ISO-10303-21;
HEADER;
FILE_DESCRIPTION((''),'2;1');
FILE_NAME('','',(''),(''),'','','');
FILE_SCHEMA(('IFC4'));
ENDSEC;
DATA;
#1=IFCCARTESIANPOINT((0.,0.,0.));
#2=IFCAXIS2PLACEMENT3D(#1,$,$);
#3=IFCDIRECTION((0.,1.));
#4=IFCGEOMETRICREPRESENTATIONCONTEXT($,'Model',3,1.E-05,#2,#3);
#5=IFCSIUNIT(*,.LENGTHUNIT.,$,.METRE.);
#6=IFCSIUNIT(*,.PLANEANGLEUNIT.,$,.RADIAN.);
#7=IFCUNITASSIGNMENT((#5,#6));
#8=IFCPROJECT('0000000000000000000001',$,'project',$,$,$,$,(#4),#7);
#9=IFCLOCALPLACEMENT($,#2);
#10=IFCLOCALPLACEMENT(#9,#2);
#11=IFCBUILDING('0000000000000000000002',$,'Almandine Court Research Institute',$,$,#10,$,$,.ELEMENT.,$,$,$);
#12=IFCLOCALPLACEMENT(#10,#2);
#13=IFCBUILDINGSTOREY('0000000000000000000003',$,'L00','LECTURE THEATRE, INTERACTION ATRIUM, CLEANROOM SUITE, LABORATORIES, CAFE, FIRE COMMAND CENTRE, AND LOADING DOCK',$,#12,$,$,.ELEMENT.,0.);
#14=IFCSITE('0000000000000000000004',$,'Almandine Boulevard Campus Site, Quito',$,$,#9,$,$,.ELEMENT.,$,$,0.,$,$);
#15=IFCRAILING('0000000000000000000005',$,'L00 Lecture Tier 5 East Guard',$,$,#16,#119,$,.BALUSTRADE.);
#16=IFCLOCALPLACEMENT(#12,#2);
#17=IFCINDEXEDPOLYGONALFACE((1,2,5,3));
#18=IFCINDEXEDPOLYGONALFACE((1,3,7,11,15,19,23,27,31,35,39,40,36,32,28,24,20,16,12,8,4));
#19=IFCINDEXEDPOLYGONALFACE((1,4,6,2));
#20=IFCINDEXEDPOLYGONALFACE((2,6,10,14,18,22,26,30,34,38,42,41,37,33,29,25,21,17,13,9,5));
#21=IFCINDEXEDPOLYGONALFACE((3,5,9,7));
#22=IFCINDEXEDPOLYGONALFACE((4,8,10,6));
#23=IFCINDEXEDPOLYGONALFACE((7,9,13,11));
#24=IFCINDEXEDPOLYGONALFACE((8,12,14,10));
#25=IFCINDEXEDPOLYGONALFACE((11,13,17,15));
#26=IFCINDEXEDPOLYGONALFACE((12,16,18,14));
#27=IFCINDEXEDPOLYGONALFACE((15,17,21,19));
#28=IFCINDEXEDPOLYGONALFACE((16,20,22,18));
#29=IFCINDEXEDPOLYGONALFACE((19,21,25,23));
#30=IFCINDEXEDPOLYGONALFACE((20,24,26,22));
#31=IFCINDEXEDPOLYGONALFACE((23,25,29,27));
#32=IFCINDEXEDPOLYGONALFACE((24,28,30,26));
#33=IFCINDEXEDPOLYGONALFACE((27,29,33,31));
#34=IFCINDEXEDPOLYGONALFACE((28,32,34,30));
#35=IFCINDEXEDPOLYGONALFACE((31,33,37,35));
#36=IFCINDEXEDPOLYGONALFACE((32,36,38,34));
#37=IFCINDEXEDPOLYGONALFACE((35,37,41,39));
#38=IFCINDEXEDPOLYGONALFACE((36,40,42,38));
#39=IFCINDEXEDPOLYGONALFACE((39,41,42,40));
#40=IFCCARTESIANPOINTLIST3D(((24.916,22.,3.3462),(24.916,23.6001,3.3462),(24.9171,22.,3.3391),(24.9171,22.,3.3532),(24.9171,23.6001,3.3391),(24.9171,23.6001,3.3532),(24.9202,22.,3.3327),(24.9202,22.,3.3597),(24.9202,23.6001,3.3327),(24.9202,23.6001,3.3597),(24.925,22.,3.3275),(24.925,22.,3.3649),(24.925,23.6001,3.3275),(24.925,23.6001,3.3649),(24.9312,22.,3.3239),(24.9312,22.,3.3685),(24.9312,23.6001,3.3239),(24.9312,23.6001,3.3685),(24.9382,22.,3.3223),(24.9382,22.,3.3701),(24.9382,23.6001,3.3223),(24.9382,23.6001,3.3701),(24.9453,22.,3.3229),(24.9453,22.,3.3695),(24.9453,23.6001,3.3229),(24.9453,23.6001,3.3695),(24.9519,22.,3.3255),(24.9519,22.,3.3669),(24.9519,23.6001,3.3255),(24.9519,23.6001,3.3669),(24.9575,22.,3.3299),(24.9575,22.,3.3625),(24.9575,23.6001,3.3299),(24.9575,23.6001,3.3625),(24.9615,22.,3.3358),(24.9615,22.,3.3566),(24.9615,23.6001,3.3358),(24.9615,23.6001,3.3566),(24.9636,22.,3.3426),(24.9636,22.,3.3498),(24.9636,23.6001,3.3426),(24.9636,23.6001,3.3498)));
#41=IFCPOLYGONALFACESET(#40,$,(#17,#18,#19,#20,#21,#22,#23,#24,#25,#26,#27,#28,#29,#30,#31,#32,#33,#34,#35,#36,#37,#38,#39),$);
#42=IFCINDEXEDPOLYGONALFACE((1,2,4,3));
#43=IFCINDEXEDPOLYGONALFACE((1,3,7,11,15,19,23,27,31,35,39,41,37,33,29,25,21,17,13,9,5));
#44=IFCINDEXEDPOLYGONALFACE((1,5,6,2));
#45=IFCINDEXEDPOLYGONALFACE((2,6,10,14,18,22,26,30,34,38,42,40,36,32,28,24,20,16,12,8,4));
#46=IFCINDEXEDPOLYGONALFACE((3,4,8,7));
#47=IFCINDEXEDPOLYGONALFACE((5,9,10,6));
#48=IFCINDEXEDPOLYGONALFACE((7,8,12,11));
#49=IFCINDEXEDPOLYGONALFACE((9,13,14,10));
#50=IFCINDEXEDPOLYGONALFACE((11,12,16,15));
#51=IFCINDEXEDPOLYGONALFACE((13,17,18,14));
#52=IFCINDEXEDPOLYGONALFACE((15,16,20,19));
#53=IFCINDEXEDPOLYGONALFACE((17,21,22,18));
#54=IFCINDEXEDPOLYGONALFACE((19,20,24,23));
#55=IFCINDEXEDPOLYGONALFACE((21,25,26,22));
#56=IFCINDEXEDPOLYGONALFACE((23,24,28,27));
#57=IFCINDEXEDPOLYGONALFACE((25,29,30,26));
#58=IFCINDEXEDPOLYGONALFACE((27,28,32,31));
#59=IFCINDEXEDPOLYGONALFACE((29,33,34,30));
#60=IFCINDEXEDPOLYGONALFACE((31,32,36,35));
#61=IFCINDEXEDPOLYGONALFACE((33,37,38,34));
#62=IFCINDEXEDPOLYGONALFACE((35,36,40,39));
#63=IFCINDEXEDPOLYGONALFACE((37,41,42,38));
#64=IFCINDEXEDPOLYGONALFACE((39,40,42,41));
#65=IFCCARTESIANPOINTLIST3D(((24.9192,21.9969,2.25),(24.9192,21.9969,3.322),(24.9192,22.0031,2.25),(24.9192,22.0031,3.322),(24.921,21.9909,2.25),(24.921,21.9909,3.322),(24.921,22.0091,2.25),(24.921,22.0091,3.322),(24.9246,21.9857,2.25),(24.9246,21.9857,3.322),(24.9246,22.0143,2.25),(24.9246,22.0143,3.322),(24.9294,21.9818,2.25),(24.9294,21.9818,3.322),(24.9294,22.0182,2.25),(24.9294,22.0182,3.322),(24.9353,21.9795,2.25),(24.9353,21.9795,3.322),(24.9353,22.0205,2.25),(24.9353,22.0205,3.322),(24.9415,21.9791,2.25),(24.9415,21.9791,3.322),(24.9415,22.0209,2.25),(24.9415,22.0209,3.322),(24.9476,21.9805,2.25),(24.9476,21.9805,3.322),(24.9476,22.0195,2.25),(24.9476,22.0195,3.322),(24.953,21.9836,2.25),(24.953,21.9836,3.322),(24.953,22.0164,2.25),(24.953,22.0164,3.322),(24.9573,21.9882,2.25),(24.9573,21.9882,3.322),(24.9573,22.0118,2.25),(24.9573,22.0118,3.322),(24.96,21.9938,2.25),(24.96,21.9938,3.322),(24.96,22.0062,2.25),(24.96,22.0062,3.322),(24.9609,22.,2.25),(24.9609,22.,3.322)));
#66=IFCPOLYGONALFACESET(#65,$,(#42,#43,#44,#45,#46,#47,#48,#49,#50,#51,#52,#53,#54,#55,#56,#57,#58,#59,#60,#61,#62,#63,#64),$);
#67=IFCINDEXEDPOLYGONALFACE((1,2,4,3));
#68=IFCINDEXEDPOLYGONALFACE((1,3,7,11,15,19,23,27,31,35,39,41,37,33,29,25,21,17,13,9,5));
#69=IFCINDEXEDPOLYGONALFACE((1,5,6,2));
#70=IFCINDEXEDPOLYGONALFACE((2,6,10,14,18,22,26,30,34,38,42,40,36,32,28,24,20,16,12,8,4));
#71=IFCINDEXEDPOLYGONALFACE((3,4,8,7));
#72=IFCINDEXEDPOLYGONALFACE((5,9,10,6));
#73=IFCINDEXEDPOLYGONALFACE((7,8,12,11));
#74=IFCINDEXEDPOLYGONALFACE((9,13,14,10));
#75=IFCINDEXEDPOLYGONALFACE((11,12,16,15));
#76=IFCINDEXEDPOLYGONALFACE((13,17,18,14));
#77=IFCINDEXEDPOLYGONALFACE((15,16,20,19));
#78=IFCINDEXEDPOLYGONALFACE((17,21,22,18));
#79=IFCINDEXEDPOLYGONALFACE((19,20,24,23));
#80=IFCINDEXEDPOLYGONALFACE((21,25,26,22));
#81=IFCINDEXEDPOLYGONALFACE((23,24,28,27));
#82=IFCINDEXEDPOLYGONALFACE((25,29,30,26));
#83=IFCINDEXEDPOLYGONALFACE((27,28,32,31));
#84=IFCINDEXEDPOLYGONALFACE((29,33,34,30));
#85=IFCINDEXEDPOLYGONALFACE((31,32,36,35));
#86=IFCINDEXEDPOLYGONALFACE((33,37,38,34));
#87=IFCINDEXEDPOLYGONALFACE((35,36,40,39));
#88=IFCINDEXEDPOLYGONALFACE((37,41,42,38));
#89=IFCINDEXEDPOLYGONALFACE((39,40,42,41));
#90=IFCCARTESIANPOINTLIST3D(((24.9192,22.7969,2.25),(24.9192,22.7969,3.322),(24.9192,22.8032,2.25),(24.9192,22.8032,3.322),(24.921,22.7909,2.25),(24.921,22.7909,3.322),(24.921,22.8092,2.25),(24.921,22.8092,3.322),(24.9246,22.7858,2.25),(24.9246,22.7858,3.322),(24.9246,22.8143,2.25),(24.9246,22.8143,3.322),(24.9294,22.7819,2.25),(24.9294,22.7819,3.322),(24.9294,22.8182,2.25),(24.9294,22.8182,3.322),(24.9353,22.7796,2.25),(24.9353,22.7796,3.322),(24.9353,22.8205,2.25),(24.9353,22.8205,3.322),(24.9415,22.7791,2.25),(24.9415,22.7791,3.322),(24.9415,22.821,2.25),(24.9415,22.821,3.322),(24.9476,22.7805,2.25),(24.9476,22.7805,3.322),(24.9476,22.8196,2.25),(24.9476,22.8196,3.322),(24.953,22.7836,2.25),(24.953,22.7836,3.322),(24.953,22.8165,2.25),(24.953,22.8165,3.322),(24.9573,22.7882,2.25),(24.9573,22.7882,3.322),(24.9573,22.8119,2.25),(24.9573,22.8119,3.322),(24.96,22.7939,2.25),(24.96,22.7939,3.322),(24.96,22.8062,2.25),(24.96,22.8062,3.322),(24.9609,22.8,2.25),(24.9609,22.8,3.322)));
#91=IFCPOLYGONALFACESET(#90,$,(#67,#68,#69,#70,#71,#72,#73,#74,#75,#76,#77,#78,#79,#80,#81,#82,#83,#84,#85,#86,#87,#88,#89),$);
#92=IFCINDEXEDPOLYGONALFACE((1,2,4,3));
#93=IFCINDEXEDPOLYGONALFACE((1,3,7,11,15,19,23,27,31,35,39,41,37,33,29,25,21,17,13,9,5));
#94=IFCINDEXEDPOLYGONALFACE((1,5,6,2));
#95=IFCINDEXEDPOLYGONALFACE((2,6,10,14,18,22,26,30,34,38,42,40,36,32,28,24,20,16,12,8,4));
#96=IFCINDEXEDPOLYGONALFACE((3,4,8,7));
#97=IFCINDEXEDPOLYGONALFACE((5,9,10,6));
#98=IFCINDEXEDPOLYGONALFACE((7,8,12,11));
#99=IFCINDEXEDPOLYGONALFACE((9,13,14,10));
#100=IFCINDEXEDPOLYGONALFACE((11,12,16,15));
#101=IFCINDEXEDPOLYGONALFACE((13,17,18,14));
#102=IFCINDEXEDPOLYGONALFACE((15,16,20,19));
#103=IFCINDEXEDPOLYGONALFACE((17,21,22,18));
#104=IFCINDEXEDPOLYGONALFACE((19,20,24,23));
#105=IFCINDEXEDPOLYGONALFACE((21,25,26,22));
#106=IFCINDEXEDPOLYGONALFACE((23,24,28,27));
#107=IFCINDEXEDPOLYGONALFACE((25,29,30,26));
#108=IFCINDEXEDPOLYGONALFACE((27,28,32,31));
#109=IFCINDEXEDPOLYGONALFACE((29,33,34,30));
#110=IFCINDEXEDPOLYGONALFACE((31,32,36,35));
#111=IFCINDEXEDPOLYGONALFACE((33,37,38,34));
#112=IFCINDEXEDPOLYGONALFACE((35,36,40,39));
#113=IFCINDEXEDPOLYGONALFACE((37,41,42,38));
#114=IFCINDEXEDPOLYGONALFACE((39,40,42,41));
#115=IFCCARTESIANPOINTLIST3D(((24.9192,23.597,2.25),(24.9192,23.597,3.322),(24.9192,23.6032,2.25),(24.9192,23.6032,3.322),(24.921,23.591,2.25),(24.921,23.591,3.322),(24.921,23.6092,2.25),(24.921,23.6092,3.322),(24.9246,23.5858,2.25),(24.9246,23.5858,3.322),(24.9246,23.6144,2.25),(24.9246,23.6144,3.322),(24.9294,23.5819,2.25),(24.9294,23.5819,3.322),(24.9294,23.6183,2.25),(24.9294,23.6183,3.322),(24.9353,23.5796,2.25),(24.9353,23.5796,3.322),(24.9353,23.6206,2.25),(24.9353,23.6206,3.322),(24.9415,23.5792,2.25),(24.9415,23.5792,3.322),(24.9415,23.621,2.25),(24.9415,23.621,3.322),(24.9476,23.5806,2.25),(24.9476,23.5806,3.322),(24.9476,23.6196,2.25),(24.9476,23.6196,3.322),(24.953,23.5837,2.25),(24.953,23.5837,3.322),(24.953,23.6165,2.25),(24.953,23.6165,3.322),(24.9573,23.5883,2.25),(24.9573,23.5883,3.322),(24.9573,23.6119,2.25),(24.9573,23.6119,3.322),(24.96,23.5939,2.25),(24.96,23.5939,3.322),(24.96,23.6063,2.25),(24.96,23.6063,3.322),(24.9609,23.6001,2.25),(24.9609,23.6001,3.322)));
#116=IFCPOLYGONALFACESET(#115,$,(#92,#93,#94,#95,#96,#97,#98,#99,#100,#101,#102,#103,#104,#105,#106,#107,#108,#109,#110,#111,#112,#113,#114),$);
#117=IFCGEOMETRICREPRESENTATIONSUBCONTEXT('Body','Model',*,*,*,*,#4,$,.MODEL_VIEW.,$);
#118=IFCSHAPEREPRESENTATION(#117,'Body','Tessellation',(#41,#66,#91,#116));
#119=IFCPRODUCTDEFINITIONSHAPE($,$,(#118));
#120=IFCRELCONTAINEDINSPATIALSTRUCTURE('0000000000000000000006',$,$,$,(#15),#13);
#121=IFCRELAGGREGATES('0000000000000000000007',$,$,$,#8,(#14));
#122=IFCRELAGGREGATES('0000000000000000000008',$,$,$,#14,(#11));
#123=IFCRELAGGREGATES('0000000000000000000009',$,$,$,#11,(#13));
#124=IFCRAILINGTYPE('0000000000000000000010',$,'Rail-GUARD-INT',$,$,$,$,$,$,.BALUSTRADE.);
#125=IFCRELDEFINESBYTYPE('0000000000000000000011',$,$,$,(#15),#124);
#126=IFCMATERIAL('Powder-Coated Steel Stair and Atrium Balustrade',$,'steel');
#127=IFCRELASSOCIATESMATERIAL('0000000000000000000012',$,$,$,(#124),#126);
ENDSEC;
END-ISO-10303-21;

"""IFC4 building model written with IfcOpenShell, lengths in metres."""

from ifc_helpers import new_model, si_unit, direction, frame, origin, origin_2d, place, context, subcontext, project, spatial, circle, extrude, material, type_object, element, save


model = new_model("IFC4")

# Units and contexts
model_context = context("Model", 3, precision=1e-05, world=origin(), true_north=direction((0.0, 1.0)))
body_context = subcontext(model_context, "Body", "Model", "MODEL_VIEW")
ifc_project = project(units=[si_unit("LENGTHUNIT", "METRE"), si_unit("PLANEANGLEUNIT", "RADIAN")], contexts=[model_context])

# Site, building, storey
site_placement = place(None, origin())
site = spatial("IfcSite", under=ifc_project, at=site_placement, Name="Almandine Boulevard Campus Site, Quito", CompositionType="ELEMENT", RefElevation=0.0)
building_placement = place(site_placement, origin())
building = spatial("IfcBuilding", under=site, at=building_placement, Name="Almandine Court Research Institute", CompositionType="ELEMENT")
storey_placement = place(building_placement, origin())
storey = spatial("IfcBuildingStorey", under=building, at=storey_placement, Name="L00", Description="LECTURE THEATRE, INTERACTION ATRIUM, CLEANROOM SUITE, LABORATORIES, CAFE, FIRE COMMAND CENTRE, AND LOADING DOCK", CompositionType="ELEMENT", Elevation=0.0)

# Railing
ifc_material_1 = material(Name="Powder-Coated Steel Stair and Atrium Balustrade", Category="steel")
railing_type = type_object("IfcRailingType", Name="Rail-GUARD-INT", PredefinedType="BALUSTRADE", material=ifc_material_1)
railing_1_placement = place(storey_placement, frame((24.9399, 22.0, 2.25)))
element("IfcRailing", 1, at=railing_1_placement, inside=storey, type_object=railing_type, Name="L00 Lecture Tier 5 East Guard", PredefinedType="BALUSTRADE", context=body_context, shape_type="SweptSolid", body=[
    extrude(circle(Radius=0.0239, at=origin_2d()), frame((0.0, 0.0, 1.0962), z_axis=(0.0, 1.0, 0.0), x_axis=(-1.0, 0.0, 0.0)), (0.0, 0.0, 1.0), 1.6001),
    extrude(circle(Radius=0.021, at=origin_2d()), origin(), (0.0, 0.0, 1.0), 1.072),
    extrude(circle(Radius=0.021, at=origin_2d()), frame((0.0, 0.8, 0.0)), (0.0, 0.0, 1.0), 1.072),
    extrude(circle(Radius=0.021, at=origin_2d()), frame((0.0, 1.6001, 0.0)), (0.0, 0.0, 1.0), 1.072),
])

save(model, "model.ifc")
